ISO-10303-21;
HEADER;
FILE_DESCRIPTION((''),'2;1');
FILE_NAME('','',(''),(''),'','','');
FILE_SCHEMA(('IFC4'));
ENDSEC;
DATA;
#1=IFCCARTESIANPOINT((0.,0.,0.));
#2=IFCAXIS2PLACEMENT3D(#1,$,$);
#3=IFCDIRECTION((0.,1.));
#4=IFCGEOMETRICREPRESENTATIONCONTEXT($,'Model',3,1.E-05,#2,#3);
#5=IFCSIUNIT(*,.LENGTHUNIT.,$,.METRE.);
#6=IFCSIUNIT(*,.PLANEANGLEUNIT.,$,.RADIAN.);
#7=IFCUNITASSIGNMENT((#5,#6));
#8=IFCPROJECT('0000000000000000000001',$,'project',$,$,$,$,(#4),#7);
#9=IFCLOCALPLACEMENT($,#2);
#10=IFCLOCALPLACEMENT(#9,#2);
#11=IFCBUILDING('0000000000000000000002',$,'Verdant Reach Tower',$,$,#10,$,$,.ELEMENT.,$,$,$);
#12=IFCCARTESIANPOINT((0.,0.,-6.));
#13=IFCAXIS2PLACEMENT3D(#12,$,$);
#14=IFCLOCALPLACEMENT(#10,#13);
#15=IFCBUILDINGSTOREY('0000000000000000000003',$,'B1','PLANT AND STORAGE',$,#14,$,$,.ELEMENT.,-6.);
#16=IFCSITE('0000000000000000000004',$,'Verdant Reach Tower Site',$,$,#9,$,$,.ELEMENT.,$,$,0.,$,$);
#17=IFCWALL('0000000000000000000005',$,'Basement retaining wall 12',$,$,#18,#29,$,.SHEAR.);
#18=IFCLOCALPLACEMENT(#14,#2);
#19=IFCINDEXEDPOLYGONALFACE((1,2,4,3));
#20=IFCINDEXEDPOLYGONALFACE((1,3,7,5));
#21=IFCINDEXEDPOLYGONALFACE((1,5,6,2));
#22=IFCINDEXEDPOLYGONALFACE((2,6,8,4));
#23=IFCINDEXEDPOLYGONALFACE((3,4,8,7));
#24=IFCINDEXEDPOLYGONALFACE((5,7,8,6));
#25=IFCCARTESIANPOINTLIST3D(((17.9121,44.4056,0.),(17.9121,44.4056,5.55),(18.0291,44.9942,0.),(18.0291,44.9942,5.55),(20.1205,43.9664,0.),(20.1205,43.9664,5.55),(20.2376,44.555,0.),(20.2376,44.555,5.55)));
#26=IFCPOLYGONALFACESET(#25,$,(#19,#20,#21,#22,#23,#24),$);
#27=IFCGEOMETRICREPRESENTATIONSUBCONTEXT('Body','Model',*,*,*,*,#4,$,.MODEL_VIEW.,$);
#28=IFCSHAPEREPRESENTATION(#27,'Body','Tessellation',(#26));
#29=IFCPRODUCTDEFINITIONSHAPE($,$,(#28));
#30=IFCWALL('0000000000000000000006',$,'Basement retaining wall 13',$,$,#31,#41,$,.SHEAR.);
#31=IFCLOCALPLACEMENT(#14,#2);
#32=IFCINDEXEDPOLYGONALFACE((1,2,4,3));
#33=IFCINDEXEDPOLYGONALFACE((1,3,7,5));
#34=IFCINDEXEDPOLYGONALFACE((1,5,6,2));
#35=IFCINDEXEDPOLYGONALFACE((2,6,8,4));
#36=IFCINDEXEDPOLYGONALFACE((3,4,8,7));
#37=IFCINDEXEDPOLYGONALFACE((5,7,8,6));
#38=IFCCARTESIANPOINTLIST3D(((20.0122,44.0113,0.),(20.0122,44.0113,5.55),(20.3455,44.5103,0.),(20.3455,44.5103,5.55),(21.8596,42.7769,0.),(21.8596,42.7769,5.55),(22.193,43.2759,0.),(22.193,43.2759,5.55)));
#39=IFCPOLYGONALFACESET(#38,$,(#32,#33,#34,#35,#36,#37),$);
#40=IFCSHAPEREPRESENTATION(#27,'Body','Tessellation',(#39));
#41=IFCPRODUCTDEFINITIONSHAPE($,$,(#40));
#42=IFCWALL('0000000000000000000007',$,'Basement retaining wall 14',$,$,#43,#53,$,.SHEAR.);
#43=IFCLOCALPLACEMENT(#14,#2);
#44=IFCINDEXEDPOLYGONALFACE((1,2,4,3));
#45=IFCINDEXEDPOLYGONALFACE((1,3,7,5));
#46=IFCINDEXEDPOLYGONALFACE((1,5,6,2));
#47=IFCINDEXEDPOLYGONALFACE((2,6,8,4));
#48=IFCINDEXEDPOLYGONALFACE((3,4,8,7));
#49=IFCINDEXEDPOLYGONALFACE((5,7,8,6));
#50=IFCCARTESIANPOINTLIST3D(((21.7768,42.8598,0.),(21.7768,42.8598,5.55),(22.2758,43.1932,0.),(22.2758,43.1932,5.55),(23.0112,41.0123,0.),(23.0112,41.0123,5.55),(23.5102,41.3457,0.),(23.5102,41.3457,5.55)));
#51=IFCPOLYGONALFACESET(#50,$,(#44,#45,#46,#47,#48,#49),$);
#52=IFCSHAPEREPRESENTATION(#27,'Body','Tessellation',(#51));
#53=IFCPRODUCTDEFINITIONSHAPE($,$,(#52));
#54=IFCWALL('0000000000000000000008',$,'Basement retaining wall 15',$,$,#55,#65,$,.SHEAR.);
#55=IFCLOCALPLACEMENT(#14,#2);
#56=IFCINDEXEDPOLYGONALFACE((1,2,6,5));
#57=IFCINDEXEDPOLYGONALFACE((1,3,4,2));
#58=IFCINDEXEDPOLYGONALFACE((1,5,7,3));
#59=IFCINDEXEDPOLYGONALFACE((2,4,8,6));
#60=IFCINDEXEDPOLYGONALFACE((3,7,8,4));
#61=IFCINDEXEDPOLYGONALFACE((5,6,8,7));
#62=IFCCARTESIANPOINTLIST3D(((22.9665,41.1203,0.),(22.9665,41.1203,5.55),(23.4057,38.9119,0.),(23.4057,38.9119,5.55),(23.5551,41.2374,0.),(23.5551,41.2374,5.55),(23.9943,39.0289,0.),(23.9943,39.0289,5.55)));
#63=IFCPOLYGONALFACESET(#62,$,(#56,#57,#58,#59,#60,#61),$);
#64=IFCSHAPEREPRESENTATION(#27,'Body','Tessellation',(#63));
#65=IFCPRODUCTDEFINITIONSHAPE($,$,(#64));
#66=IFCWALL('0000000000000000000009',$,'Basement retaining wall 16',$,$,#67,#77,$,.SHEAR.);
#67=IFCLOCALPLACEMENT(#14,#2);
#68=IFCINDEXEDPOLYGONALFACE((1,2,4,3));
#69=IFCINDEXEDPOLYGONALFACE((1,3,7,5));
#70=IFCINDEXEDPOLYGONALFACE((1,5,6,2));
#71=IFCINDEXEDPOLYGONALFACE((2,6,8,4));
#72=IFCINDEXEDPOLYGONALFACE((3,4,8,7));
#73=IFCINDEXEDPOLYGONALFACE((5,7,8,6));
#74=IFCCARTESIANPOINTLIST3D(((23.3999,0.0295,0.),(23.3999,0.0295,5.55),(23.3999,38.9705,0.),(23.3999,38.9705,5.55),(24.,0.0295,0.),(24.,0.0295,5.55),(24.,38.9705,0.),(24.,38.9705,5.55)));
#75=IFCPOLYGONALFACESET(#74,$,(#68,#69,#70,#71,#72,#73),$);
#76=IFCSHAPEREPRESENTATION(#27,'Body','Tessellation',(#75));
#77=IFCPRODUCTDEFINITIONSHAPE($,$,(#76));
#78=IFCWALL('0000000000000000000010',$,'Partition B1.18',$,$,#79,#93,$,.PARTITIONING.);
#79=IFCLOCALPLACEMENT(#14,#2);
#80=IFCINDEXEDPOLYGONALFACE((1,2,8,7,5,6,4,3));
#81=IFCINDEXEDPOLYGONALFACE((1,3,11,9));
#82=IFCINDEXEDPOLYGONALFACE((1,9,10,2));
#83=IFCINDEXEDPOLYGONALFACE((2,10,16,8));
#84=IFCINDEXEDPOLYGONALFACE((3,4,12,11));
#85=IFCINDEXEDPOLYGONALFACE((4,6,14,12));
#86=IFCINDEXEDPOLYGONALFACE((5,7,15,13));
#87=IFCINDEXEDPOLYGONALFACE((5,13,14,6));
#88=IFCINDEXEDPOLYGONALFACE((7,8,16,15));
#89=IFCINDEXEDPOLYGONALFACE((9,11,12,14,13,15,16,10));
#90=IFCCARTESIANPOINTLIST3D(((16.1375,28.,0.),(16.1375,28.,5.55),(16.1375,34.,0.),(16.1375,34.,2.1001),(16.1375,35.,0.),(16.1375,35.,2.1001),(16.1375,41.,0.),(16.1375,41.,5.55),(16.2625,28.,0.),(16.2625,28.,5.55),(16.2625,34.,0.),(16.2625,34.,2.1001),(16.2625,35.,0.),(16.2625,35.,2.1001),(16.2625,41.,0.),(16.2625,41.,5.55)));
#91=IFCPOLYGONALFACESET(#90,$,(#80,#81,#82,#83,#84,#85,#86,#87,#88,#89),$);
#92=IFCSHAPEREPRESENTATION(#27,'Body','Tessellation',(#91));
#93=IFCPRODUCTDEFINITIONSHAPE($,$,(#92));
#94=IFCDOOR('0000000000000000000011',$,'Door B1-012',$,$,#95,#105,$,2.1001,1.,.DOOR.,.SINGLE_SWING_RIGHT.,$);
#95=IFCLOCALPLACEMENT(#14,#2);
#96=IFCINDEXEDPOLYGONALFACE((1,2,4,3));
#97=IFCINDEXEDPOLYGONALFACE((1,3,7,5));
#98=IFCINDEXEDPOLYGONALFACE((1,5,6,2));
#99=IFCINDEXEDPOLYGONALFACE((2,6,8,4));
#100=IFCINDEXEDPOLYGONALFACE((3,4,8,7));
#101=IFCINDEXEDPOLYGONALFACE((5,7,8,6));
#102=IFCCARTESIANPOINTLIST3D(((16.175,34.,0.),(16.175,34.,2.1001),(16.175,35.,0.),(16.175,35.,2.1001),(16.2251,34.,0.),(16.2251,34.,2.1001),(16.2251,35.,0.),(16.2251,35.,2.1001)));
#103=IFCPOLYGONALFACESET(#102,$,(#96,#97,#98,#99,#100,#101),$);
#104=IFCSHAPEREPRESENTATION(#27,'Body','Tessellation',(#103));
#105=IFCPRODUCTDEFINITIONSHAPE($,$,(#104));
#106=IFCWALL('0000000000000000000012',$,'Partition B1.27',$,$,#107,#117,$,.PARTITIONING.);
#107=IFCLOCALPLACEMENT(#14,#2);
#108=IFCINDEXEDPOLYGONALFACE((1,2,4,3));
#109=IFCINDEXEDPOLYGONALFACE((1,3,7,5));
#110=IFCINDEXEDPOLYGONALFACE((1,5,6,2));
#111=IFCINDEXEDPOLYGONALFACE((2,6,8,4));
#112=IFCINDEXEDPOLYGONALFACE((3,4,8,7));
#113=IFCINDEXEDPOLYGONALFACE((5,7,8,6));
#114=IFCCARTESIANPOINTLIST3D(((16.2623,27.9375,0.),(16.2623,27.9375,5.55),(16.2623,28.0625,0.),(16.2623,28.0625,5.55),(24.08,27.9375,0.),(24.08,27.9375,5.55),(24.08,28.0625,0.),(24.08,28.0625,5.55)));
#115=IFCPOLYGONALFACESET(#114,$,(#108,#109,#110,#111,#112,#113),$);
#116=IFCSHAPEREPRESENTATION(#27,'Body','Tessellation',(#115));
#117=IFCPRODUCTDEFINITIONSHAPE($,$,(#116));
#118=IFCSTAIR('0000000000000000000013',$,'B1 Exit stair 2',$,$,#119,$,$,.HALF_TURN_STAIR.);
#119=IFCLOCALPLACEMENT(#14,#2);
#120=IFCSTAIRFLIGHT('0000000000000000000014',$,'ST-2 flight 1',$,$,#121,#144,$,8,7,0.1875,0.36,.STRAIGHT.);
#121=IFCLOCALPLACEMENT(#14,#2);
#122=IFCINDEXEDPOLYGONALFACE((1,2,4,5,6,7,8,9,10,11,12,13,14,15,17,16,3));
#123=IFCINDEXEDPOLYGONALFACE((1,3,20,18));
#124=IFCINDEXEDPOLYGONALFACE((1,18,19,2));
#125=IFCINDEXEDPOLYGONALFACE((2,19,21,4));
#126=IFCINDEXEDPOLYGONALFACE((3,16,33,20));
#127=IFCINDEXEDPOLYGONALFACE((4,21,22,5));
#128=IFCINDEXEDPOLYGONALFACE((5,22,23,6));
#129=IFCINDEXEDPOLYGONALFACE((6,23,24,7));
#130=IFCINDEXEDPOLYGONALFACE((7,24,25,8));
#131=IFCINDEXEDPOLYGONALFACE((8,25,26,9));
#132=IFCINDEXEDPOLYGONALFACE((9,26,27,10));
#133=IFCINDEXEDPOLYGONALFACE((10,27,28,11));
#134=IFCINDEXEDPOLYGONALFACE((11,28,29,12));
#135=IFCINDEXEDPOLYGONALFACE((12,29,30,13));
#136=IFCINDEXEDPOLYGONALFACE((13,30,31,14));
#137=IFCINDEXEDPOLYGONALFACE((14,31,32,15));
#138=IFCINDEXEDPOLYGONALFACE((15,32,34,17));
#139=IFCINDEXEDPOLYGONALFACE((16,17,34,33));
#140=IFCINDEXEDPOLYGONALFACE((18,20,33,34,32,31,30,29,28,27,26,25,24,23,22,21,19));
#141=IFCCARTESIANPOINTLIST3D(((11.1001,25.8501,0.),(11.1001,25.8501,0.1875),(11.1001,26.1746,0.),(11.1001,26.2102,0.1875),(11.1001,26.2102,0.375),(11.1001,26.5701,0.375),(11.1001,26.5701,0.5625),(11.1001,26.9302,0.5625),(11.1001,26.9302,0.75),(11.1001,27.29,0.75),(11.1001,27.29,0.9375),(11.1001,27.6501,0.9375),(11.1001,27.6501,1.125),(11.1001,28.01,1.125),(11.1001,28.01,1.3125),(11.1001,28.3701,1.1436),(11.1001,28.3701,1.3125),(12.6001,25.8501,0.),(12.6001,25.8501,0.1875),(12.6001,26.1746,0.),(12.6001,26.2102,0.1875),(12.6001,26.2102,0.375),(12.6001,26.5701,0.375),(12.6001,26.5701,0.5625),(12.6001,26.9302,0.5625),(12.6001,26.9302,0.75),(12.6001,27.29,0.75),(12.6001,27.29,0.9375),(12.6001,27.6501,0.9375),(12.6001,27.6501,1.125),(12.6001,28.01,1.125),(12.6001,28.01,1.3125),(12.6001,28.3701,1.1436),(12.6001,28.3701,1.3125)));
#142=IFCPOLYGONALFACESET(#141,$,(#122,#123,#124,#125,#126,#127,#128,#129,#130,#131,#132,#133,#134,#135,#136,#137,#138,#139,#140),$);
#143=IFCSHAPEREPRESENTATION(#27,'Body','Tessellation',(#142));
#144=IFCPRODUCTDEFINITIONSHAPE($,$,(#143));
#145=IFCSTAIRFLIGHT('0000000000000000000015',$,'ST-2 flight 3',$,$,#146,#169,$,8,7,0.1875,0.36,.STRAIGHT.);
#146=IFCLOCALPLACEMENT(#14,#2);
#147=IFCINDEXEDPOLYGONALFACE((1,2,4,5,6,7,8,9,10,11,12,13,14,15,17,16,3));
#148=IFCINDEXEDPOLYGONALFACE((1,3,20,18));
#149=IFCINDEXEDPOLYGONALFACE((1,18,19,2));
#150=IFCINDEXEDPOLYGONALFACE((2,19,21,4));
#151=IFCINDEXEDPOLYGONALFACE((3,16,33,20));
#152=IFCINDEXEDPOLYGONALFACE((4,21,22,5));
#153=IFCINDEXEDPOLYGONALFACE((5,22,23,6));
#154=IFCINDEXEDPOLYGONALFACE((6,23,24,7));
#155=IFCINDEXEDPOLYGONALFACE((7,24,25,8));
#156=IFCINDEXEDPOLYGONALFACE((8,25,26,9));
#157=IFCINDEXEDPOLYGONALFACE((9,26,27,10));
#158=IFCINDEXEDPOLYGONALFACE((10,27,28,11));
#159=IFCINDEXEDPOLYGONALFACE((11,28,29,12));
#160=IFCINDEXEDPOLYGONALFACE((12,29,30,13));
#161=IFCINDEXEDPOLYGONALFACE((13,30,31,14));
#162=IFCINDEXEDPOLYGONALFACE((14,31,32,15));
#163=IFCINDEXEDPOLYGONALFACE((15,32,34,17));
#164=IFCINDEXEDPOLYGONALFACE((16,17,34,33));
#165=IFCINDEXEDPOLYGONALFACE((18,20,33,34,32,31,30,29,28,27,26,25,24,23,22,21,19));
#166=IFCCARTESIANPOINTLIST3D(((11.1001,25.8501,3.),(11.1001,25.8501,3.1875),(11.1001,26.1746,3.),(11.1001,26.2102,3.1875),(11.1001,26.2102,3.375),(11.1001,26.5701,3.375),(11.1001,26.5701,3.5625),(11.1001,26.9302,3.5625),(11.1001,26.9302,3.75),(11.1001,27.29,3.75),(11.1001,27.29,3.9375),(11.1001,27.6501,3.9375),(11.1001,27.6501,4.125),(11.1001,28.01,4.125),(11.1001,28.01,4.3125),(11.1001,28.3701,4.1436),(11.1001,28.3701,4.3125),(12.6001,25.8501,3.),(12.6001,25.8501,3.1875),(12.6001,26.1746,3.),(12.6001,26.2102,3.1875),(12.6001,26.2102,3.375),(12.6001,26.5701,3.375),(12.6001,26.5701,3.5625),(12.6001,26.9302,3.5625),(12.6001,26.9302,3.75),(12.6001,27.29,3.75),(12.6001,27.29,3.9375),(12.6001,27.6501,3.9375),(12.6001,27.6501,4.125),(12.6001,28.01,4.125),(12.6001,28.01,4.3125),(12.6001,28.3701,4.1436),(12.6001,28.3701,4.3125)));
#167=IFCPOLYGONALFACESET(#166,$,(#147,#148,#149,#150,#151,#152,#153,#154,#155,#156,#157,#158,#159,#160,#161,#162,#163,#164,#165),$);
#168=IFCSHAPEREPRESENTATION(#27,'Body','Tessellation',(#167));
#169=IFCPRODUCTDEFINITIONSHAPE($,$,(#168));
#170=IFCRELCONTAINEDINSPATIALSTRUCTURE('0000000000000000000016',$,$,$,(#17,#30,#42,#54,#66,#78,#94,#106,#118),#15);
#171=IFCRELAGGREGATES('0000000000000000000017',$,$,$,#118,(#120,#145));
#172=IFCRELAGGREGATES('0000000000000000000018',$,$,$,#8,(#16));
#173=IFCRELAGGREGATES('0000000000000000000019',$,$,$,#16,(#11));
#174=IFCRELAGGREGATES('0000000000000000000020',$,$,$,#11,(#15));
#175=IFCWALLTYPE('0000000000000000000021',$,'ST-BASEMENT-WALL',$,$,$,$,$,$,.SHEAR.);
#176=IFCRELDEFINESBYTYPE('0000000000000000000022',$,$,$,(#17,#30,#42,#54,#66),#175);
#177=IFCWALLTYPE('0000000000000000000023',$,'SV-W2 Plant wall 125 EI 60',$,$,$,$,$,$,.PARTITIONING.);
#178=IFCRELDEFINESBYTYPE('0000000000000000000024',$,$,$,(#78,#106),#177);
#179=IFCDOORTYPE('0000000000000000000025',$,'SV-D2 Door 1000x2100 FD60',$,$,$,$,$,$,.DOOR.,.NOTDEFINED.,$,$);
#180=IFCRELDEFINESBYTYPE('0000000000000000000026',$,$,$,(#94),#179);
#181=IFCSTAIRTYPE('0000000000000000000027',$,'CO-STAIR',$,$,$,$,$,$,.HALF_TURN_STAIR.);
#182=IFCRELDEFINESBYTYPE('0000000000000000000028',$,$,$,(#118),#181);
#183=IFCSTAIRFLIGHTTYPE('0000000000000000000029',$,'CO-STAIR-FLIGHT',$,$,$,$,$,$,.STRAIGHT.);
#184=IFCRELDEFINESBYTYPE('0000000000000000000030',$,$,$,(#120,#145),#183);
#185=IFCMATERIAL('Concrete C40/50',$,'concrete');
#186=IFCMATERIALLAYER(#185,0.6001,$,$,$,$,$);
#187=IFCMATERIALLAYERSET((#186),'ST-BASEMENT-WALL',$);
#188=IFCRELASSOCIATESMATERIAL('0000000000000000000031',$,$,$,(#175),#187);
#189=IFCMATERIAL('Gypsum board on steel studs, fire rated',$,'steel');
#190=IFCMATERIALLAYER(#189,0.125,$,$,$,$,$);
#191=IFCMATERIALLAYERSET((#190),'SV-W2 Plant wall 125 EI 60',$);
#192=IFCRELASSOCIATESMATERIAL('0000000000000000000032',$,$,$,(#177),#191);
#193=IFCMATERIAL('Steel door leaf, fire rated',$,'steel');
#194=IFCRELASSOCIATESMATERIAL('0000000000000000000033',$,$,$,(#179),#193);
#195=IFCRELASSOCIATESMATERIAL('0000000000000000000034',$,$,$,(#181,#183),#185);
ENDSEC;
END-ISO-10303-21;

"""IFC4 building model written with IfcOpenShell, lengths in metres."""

from ifc_helpers import new_model, si_unit, direction, frame, frame_2d, origin, place, context, subcontext, project, spatial, polyline, rectangle, outline, extrude, material, layer, layer_set, type_object, element, fill, aggregate, save


model = new_model("IFC4")

# Units and contexts
model_context = context("Model", 3, precision=1e-05, world=origin(), true_north=direction((0.0, 1.0)))
body_context = subcontext(model_context, "Body", "Model", "MODEL_VIEW")
ifc_project = project(units=[si_unit("LENGTHUNIT", "METRE"), si_unit("PLANEANGLEUNIT", "RADIAN")], contexts=[model_context])

# Site, building, storey
site_placement = place(None, origin())
site = spatial("IfcSite", under=ifc_project, at=site_placement, Name="Verdant Reach Tower Site", CompositionType="ELEMENT", RefElevation=0.0)
building_placement = place(site_placement, origin())
building = spatial("IfcBuilding", under=site, at=building_placement, Name="Verdant Reach Tower", CompositionType="ELEMENT")
storey_placement = place(building_placement, frame((0.0, 0.0, -6.0)))
storey = spatial("IfcBuildingStorey", under=building, at=storey_placement, Name="B1", Description="PLANT AND STORAGE", CompositionType="ELEMENT", Elevation=-6.0)

# Shared definitions
ifc_material_1 = material(Name="Concrete C40/50", Category="concrete")

# Walls
ifc_layer_1 = layer(ifc_material_1, 0.6001)
ifc_layer_set_1 = layer_set([ifc_layer_1], Name="ST-BASEMENT-WALL")
wall_type_1 = type_object("IfcWallType", Name="ST-BASEMENT-WALL", PredefinedType="SHEAR", material=ifc_layer_set_1)
wall_1_placement = place(storey_placement, frame((17.9705, 44.7, 0.0), z_axis=(0.0, 0.0, 1.0), x_axis=(0.980793, -0.195053, 0.0)))
element("IfcWall", 1, at=wall_1_placement, inside=storey, type_object=wall_type_1, Name="Basement retaining wall 12", PredefinedType="SHEAR", context=body_context, shape_type="SweptSolid", body=[
    extrude(rectangle(XDim=2.2517, YDim=0.6001, at=frame_2d((1.126, 0.0))), origin(), (0.0, 0.0, 1.0), 5.55),
])
for number, where, z_axis, x_axis, name in (
    (2, (20.179, 44.2607, 0.0), (0.0, 0.0, 1.0), (0.831475, -0.555562, 0.0), "Basement retaining wall 13"),
    (3, (22.0264, 43.0264, 0.0), (0.0, 0.0, 1.0), (0.555562, -0.831475, 0.0), "Basement retaining wall 14"),
):
    element("IfcWall", number, at=place(storey_placement, frame(where, z_axis=z_axis, x_axis=x_axis)), inside=storey, type_object=wall_type_1, Name=name, PredefinedType="SHEAR", context=body_context, shape_type="SweptSolid", body=[
        extrude(rectangle(XDim=2.2219, YDim=0.6001, at=frame_2d((1.1108, 0.0))), origin(), (0.0, 0.0, 1.0), 5.55),
    ])
wall_2_placement = place(storey_placement, frame((23.2607, 41.179, 0.0), z_axis=(0.0, 0.0, 1.0), x_axis=(0.195053, -0.980793, 0.0)))
element("IfcWall", 4, at=wall_2_placement, inside=storey, type_object=wall_type_1, Name="Basement retaining wall 15", PredefinedType="SHEAR", context=body_context, shape_type="SweptSolid", body=[
    extrude(rectangle(XDim=2.2517, YDim=0.6001, at=frame_2d((1.126, 0.0))), origin(), (0.0, 0.0, 1.0), 5.55),
])
wall_3_placement = place(storey_placement, frame((23.7, 38.9705, 0.0), z_axis=(0.0, 0.0, 1.0), x_axis=(0.0, -1.0, 0.0)))
element("IfcWall", 5, at=wall_3_placement, inside=storey, type_object=wall_type_1, Name="Basement retaining wall 16", PredefinedType="SHEAR", context=body_context, shape_type="SweptSolid", body=[
    extrude(rectangle(XDim=38.9409, YDim=0.6001, at=frame_2d((19.4705, 0.0))), origin(), (0.0, 0.0, 1.0), 5.55),
])

# Wall, opening, door
ifc_material_2 = material(Name="Gypsum board on steel studs, fire rated", Category="steel")
ifc_layer_2 = layer(ifc_material_2, 0.125)
ifc_layer_set_2 = layer_set([ifc_layer_2], Name="SV-W2 Plant wall 125 EI 60")
wall_type_2 = type_object("IfcWallType", Name="SV-W2 Plant wall 125 EI 60", PredefinedType="PARTITIONING", material=ifc_layer_set_2)
wall_4_placement = place(storey_placement, frame((16.2, 28.0, 0.0), z_axis=(0.0, 0.0, 1.0), x_axis=(0.0, 1.0, 0.0)))
wall_4 = element("IfcWall", 6, at=wall_4_placement, inside=storey, type_object=wall_type_2, Name="Partition B1.18", PredefinedType="PARTITIONING", context=body_context, shape_type="SweptSolid", body=[
    extrude(rectangle(XDim=13.0, YDim=0.125, at=frame_2d((6.5, 0.0))), origin(), (0.0, 0.0, 1.0), 5.55),
])
opening_placement = place(wall_4_placement, frame((6.0, 0.0, 0.0)))
opening = element("IfcOpeningElement", 7, at=opening_placement, cuts=wall_4, PredefinedType="OPENING", context=body_context, shape_type="SweptSolid", body=[
    extrude(rectangle(XDim=1.0, YDim=2.1001, at=frame_2d((0.5, 1.05))), frame((0.0, 0.0725, 0.0), z_axis=(0.0, -1.0, 0.0), x_axis=(1.0, 0.0, 0.0)), (0.0, 0.0, 1.0), 0.145),
])
ifc_material_3 = material(Name="Steel door leaf, fire rated", Category="steel")
door_type = type_object("IfcDoorType", Name="SV-D2 Door 1000x2100 FD60", OperationType="NOTDEFINED", PredefinedType="DOOR", material=ifc_material_3)
door_placement = place(opening_placement, origin())
door = element("IfcDoor", 8, at=door_placement, inside=storey, type_object=door_type, Name="Door B1-012", OperationType="SINGLE_SWING_RIGHT", OverallHeight=2.1001, OverallWidth=1.0, PredefinedType="DOOR", context=body_context, shape_type="SweptSolid", body=[
    extrude(rectangle(XDim=1.0, YDim=2.1001, at=frame_2d((0.5, 1.05))), frame((0.0, 0.0249, 0.0), z_axis=(0.0, -1.0, 0.0), x_axis=(1.0, 0.0, 0.0)), (0.0, 0.0, 1.0), 0.05),
])
fill(opening, door)

# Wall
wall_5_placement = place(storey_placement, frame((16.2625, 28.0, 0.0), z_axis=(0.0, 0.0, 1.0), x_axis=(1.0, 0.0, 0.0)))
element("IfcWall", 9, at=wall_5_placement, inside=storey, type_object=wall_type_2, Name="Partition B1.27", PredefinedType="PARTITIONING", context=body_context, shape_type="SweptSolid", body=[
    extrude(rectangle(XDim=7.8176, YDim=0.125, at=frame_2d((3.9087, 0.0))), origin(), (0.0, 0.0, 1.0), 5.55),
])

# Stair, stair flights
stair_type = type_object("IfcStairType", Name="CO-STAIR", PredefinedType="HALF_TURN_STAIR", material=ifc_material_1)
stair_1_placement = place(storey_placement, origin())
stair_1 = element("IfcStair", 10, at=stair_1_placement, inside=storey, type_object=stair_type, Name="B1 Exit stair 2", PredefinedType="HALF_TURN_STAIR")
stair_flight_type = type_object("IfcStairFlightType", Name="CO-STAIR-FLIGHT", PredefinedType="STRAIGHT", material=ifc_material_1)
stair_flight_1_placement = place(storey_placement, frame((11.8501, 25.8501, 0.0), z_axis=(0.0, 0.0, 1.0), x_axis=(0.0, 1.0, 0.0)))
stair_flight_1 = element("IfcStairFlight", 11, at=stair_flight_1_placement, type_object=stair_flight_type, Name="ST-2 flight 1", NumberOfRisers=8, NumberOfTreads=7, PredefinedType="STRAIGHT", RiserHeight=0.1875, TreadLength=0.36, context=body_context, shape_type="SweptSolid", body=[
    extrude(outline(polyline([(0.0, 0.0), (0.0, 0.1875), (0.3601, 0.1875), (0.3601, 0.375), (0.72, 0.375), (0.72, 0.5625), (1.0801, 0.5625), (1.0801, 0.75), (1.4399, 0.75), (1.4399, 0.9375), (1.8, 0.9375), (1.8, 1.125), (2.1599, 1.125), (2.1599, 1.3125), (2.52, 1.3125), (2.52, 1.5), (2.52, 1.1436), (0.3245, 0.0), (0.0, 0.0)])), frame((0.0, 0.75, 0.0), z_axis=(0.0, -1.0, 0.0), x_axis=(1.0, 0.0, 0.0)), (0.0, 0.0, 1.0), 1.5),
])
stair_flight_2_placement = place(storey_placement, frame((11.8501, 25.8501, 3.0), z_axis=(0.0, 0.0, 1.0), x_axis=(0.0, 1.0, 0.0)))
stair_flight_2 = element("IfcStairFlight", 12, at=stair_flight_2_placement, type_object=stair_flight_type, Name="ST-2 flight 3", NumberOfRisers=8, NumberOfTreads=7, PredefinedType="STRAIGHT", RiserHeight=0.1875, TreadLength=0.36, context=body_context, shape_type="SweptSolid", body=[
    extrude(outline(polyline([(0.0, 0.0), (0.0, 0.1875), (0.3601, 0.1875), (0.3601, 0.375), (0.72, 0.375), (0.72, 0.5625), (1.0801, 0.5625), (1.0801, 0.75), (1.4399, 0.75), (1.4399, 0.9375), (1.8, 0.9375), (1.8, 1.125), (2.1599, 1.125), (2.1599, 1.3125), (2.52, 1.3125), (2.52, 1.5), (2.52, 1.1436), (0.3245, 0.0), (0.0, 0.0)])), frame((0.0, 0.75, 0.0), z_axis=(0.0, -1.0, 0.0), x_axis=(1.0, 0.0, 0.0)), (0.0, 0.0, 1.0), 1.5),
])
aggregate(stair_1, [stair_flight_1, stair_flight_2])

save(model, "model.ifc")
